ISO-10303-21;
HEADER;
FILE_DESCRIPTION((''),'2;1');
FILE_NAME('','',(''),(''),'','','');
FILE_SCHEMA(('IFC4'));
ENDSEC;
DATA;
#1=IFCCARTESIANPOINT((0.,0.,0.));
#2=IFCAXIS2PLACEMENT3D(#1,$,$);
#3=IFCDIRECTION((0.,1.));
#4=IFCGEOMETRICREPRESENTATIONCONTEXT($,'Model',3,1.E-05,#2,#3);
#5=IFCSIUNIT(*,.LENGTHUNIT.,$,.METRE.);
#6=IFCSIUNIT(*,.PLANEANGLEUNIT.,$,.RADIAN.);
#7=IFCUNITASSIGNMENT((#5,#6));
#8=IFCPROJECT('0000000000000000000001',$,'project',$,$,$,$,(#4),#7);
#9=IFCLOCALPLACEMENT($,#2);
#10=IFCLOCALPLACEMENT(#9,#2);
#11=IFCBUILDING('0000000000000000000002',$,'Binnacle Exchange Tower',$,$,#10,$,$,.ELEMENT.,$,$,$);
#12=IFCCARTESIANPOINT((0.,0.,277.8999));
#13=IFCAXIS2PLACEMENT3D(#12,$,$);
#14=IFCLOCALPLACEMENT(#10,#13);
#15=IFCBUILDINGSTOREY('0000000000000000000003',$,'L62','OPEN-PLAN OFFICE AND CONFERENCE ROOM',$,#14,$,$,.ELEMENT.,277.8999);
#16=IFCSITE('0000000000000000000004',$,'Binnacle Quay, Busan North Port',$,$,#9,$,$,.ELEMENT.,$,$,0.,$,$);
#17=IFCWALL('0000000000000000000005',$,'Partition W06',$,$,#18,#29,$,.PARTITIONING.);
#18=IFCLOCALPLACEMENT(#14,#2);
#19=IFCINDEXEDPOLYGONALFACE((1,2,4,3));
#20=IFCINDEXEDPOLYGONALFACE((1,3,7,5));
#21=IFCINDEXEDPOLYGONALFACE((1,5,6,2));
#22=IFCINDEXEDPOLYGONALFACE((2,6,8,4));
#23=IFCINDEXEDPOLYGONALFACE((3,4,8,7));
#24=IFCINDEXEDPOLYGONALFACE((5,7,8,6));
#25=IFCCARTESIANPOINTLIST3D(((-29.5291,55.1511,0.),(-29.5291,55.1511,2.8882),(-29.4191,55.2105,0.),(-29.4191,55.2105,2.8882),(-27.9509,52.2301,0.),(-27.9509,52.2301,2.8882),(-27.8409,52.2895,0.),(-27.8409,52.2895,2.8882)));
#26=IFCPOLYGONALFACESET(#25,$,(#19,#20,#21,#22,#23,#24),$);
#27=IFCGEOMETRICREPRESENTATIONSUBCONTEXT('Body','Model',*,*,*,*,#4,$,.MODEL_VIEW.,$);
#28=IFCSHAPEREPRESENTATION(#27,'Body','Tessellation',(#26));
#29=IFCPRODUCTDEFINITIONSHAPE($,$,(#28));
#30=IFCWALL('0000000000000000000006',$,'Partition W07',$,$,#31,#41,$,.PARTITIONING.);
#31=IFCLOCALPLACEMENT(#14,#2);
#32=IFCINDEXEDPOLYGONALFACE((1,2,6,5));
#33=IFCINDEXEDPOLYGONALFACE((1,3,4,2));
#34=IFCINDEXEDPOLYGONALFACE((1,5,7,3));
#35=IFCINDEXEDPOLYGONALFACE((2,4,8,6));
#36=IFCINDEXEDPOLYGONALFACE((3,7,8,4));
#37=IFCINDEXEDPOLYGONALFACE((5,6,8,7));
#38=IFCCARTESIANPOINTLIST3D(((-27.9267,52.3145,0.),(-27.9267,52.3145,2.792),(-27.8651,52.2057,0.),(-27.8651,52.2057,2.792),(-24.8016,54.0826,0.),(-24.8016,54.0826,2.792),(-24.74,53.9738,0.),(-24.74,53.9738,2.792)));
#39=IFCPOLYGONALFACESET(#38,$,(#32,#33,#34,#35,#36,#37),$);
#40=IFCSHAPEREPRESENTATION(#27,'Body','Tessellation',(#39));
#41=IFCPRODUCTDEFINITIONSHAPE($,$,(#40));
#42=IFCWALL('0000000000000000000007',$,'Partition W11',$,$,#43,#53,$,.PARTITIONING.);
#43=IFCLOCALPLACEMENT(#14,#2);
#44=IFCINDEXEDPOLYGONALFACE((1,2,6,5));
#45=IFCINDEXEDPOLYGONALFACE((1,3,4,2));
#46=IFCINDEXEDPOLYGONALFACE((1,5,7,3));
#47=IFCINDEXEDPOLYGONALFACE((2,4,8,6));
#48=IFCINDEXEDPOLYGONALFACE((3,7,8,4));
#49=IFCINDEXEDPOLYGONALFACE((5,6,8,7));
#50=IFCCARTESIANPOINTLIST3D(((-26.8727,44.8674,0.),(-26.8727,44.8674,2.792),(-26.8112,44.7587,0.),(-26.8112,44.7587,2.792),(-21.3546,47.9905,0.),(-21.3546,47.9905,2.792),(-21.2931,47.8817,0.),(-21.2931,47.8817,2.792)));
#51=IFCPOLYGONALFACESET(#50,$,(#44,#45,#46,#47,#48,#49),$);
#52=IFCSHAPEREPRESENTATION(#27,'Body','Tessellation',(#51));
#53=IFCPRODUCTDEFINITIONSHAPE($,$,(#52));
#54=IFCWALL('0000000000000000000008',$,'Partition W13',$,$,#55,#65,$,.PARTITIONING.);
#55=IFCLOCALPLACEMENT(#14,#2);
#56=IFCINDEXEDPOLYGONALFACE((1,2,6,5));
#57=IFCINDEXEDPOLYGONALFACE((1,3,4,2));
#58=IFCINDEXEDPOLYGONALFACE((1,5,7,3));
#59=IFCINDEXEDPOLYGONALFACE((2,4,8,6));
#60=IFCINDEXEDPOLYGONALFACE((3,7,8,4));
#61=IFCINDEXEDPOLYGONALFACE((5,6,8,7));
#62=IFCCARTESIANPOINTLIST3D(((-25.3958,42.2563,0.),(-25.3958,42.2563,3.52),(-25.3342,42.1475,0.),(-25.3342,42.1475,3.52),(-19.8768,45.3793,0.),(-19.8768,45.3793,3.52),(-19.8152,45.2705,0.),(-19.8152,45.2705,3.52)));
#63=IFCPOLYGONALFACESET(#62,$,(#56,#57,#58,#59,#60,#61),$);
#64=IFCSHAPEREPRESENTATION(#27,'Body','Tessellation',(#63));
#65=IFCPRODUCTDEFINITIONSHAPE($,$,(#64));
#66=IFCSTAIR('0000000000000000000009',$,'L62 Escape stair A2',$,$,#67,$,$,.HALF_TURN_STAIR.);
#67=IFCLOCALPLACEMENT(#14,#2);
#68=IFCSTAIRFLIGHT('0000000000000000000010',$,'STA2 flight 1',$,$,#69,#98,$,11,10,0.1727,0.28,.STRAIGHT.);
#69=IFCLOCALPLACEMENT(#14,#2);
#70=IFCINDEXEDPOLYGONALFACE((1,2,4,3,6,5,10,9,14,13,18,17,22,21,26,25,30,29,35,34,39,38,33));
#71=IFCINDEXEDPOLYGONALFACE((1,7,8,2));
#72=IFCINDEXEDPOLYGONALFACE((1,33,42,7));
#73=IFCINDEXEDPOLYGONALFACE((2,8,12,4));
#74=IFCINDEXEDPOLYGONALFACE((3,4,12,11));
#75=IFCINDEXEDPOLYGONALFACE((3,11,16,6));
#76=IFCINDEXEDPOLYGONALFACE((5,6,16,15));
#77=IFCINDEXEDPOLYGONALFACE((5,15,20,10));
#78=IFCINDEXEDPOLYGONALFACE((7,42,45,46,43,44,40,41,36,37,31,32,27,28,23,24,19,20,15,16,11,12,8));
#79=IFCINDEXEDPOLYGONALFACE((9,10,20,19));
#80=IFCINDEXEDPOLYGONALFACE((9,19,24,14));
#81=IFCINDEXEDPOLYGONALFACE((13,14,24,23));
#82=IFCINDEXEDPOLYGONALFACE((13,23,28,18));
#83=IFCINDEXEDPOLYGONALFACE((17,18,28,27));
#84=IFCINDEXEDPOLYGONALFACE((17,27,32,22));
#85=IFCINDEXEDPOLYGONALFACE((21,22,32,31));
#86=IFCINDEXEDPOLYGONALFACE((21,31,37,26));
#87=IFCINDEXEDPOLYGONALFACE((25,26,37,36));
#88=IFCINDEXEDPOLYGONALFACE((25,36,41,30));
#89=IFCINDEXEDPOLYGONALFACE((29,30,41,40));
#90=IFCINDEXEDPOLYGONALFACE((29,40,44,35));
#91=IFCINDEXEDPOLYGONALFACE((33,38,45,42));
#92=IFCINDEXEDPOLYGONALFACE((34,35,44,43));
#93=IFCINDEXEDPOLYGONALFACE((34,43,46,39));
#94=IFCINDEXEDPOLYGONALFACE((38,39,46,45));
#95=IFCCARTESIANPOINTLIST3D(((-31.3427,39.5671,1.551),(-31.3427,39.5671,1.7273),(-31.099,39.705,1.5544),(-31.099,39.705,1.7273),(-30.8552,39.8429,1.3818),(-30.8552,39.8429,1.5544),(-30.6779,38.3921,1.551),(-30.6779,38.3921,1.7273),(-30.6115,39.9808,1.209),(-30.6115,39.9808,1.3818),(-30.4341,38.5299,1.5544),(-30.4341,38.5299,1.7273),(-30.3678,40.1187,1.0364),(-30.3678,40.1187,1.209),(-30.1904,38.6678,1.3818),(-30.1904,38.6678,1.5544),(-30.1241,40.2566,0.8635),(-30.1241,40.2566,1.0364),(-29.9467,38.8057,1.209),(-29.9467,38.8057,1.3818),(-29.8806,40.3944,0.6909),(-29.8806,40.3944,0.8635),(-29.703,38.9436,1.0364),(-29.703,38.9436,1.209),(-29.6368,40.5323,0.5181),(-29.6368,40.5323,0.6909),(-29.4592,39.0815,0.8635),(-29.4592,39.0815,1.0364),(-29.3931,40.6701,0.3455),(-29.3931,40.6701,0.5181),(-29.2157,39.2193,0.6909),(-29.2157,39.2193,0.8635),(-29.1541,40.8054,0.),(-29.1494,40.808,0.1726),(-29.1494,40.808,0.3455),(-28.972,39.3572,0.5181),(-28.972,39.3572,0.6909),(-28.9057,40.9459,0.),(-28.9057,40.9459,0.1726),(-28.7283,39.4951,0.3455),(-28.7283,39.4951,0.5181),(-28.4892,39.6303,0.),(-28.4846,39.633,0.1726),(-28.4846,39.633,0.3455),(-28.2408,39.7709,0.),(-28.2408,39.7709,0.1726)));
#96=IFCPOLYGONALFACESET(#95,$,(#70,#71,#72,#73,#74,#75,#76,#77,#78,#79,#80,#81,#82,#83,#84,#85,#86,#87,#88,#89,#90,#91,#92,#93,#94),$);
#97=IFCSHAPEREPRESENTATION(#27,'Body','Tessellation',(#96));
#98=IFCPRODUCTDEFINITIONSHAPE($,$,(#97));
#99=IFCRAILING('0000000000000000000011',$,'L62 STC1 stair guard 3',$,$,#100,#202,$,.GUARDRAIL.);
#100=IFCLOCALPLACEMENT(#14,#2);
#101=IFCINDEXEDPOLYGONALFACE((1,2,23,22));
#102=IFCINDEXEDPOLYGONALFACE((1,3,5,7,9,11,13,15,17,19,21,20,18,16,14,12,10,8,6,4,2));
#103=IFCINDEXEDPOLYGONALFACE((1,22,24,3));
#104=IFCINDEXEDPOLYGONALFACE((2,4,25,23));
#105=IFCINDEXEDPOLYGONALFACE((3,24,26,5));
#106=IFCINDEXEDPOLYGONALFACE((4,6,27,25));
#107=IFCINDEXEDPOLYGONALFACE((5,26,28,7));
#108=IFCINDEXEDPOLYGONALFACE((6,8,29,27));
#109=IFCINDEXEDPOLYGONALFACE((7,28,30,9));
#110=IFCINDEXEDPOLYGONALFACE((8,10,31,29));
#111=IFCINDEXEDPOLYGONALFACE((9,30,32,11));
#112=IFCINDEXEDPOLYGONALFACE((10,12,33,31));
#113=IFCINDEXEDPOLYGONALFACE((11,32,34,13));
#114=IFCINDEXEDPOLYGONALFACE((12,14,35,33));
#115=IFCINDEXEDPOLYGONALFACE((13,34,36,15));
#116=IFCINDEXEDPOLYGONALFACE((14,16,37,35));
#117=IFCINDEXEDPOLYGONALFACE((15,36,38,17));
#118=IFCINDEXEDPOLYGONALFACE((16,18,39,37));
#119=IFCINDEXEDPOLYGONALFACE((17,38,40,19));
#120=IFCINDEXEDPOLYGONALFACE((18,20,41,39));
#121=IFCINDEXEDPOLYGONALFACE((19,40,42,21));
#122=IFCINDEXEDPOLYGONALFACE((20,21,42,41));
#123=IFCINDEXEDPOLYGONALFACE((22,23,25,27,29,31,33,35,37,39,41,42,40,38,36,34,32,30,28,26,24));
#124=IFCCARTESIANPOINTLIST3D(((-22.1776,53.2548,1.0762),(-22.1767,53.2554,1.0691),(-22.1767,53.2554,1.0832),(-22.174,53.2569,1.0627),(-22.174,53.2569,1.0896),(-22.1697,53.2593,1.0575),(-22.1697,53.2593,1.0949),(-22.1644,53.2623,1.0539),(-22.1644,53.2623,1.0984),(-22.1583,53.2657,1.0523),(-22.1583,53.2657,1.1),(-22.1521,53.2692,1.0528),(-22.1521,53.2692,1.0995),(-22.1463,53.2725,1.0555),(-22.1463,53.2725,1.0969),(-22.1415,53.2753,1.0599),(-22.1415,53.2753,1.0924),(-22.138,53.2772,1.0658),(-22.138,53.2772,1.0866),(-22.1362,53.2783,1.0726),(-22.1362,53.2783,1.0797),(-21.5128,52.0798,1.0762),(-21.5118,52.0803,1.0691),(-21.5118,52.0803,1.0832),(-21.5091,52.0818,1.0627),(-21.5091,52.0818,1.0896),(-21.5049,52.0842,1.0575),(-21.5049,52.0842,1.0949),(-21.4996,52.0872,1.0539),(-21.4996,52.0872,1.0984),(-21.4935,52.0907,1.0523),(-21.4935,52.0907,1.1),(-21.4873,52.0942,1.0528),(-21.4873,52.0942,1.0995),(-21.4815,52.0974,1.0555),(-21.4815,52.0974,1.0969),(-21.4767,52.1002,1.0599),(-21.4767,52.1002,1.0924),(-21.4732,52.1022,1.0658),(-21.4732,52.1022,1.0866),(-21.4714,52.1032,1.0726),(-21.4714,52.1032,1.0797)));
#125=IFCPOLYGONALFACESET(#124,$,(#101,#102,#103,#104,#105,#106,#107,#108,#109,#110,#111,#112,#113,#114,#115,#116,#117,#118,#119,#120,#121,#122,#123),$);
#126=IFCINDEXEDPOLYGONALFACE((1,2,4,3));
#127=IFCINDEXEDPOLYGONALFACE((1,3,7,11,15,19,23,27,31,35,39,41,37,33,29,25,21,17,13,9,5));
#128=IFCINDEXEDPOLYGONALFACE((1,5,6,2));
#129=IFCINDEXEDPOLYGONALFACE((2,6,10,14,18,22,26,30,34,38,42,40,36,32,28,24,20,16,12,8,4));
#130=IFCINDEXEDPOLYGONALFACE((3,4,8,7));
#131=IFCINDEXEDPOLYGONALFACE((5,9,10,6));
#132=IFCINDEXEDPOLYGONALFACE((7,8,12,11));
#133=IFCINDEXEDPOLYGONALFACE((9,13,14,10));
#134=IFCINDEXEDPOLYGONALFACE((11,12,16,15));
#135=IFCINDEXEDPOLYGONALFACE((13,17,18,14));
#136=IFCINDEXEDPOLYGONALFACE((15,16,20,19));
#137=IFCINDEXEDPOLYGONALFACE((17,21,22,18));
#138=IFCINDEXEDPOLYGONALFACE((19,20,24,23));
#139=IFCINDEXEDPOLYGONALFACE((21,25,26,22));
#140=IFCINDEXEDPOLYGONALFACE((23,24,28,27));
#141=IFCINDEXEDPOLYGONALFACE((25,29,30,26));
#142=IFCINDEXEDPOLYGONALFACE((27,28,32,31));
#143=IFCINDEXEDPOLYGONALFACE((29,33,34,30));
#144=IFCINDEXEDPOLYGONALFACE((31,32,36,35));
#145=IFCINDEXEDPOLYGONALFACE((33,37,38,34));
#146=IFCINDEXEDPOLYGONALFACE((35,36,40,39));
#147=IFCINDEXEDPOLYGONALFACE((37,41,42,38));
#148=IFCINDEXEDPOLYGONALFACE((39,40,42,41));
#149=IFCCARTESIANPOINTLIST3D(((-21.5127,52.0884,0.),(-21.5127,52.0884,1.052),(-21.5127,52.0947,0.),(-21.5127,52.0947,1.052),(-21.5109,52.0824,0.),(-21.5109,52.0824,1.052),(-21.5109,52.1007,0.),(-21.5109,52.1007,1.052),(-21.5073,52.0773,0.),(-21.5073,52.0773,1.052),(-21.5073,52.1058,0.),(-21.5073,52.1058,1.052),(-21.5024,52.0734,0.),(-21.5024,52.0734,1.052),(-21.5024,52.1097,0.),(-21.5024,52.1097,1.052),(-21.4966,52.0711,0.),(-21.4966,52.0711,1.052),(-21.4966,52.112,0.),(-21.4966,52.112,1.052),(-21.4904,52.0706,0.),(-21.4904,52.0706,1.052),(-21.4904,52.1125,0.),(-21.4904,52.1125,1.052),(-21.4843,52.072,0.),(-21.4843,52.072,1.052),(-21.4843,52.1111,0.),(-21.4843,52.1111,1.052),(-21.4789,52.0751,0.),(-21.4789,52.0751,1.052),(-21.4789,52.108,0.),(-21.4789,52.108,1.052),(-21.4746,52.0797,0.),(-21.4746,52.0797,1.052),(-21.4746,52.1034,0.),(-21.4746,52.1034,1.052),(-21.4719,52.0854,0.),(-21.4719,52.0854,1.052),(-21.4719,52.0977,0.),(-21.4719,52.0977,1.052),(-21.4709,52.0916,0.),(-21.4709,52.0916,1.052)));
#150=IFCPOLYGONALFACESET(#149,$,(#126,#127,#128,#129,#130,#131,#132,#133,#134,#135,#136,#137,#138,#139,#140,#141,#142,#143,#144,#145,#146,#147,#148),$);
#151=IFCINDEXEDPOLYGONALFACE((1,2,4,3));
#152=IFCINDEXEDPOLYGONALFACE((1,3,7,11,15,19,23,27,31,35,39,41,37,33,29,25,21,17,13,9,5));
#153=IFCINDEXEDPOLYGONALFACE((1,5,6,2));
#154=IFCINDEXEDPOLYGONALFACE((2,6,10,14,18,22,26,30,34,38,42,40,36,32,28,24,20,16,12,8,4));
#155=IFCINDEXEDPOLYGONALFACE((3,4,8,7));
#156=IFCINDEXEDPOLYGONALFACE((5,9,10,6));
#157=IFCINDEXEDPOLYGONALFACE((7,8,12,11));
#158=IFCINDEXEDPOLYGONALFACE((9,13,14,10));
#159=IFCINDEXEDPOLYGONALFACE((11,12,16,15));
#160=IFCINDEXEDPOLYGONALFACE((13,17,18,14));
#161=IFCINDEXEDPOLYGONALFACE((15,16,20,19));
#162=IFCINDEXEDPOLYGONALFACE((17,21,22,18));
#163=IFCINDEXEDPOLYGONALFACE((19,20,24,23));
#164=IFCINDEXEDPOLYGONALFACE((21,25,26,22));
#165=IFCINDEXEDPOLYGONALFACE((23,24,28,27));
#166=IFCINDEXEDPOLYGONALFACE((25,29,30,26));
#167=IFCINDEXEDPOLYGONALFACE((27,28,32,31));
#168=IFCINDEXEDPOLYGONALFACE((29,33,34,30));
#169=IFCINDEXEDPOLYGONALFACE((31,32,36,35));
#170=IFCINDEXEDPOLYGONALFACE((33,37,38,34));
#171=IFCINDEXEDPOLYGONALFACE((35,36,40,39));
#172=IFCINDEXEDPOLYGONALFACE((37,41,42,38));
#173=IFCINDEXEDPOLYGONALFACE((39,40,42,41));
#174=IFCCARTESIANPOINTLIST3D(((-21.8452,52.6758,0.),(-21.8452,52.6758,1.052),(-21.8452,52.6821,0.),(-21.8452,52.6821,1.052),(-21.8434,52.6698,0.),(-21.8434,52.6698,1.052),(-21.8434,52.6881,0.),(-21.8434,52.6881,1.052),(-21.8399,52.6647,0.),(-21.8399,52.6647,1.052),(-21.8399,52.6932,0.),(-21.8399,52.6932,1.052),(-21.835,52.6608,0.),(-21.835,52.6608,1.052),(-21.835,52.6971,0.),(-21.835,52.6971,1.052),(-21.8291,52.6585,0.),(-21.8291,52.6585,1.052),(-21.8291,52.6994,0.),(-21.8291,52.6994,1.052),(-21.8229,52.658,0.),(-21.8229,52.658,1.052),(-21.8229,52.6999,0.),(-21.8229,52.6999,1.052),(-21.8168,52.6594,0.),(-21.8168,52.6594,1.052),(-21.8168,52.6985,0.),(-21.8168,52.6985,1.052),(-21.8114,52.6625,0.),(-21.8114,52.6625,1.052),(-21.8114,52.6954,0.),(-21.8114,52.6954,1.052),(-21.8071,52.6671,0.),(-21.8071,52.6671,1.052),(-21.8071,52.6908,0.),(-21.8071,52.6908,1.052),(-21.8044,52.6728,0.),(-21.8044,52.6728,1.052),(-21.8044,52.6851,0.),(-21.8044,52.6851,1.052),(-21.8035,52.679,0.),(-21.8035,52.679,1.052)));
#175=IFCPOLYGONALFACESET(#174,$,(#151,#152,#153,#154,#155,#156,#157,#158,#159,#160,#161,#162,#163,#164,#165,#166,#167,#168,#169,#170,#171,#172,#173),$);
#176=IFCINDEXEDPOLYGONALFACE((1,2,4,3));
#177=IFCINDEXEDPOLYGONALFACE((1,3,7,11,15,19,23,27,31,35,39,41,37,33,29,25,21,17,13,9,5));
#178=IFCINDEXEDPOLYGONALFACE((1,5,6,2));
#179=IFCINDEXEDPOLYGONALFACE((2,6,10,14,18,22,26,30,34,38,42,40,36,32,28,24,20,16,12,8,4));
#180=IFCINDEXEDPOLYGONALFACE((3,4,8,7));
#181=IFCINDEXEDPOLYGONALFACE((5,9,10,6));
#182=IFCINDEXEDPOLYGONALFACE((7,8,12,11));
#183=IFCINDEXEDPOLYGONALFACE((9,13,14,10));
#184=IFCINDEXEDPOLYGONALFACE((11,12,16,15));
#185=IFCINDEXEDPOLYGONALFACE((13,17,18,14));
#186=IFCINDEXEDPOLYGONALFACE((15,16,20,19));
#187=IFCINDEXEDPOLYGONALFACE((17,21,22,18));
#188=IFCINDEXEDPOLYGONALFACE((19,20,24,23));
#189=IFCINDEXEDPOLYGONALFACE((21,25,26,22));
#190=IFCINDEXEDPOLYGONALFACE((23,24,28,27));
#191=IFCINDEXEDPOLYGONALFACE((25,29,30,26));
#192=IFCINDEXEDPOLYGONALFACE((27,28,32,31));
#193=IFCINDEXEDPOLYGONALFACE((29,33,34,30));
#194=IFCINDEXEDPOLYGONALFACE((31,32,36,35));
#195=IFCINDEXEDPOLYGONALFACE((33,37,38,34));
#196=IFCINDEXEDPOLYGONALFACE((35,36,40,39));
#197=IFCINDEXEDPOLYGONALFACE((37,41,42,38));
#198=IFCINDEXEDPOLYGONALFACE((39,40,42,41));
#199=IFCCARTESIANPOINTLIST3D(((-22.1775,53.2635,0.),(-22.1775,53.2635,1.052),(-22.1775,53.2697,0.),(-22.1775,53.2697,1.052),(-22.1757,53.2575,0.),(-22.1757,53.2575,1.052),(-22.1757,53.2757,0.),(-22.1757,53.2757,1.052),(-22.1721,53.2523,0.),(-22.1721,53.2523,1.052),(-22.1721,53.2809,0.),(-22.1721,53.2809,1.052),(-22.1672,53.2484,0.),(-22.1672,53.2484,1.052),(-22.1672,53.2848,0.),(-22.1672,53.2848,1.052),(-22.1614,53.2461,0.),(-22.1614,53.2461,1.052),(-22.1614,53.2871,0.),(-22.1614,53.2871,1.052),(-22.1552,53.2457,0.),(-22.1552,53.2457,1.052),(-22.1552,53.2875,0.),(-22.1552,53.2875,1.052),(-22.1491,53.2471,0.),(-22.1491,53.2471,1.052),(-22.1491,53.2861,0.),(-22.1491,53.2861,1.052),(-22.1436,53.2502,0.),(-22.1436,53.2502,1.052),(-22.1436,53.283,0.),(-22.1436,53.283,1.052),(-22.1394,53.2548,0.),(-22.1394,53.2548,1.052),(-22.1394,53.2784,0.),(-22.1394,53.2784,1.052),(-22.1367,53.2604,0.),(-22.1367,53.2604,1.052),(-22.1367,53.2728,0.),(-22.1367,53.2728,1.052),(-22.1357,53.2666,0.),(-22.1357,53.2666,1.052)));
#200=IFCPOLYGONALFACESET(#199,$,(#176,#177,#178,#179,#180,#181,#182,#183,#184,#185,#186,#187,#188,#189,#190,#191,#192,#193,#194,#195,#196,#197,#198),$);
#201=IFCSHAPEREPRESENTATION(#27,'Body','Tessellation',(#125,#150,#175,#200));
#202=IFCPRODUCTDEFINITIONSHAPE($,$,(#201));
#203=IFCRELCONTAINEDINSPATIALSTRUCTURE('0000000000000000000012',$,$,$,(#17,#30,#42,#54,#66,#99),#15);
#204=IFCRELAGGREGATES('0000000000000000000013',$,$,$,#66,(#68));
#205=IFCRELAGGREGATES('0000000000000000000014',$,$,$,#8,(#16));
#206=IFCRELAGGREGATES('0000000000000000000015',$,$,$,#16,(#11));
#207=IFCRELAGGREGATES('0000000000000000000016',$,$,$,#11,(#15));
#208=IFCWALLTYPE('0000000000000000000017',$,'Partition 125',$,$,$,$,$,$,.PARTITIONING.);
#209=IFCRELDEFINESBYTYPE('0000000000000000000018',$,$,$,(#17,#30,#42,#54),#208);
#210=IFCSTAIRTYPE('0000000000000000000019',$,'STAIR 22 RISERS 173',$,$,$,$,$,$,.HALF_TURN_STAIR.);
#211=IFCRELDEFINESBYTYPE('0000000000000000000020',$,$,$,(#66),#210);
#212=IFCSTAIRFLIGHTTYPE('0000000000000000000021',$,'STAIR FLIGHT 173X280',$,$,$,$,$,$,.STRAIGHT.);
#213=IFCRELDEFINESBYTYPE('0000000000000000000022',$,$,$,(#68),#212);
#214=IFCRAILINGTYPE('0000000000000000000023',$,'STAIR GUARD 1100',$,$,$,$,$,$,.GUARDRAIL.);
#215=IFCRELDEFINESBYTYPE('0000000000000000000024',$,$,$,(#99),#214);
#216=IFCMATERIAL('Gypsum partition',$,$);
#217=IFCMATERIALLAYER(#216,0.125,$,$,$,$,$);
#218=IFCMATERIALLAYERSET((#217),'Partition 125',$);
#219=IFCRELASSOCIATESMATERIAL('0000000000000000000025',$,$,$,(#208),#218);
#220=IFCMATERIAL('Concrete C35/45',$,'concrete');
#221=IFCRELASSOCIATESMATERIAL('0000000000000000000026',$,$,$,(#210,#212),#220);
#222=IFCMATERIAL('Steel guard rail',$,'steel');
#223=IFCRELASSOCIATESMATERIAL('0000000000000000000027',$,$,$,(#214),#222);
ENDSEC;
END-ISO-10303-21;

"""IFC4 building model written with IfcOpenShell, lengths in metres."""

from ifc_helpers import new_model, si_unit, direction, frame, frame_2d, origin, origin_2d, place, context, subcontext, project, spatial, polyline, rectangle, circle, outline, extrude, material, layer, layer_set, type_object, element, aggregate, save


model = new_model("IFC4")

# Units and contexts
model_context = context("Model", 3, precision=1e-05, world=origin(), true_north=direction((0.0, 1.0)))
body_context = subcontext(model_context, "Body", "Model", "MODEL_VIEW")
ifc_project = project(units=[si_unit("LENGTHUNIT", "METRE"), si_unit("PLANEANGLEUNIT", "RADIAN")], contexts=[model_context])

# Site, building, storey
site_placement = place(None, origin())
site = spatial("IfcSite", under=ifc_project, at=site_placement, Name="Binnacle Quay, Busan North Port", CompositionType="ELEMENT", RefElevation=0.0)
building_placement = place(site_placement, origin())
building = spatial("IfcBuilding", under=site, at=building_placement, Name="Binnacle Exchange Tower", CompositionType="ELEMENT")
storey_placement = place(building_placement, frame((0.0, 0.0, 277.8999)))
storey = spatial("IfcBuildingStorey", under=building, at=storey_placement, Name="L62", Description="OPEN-PLAN OFFICE AND CONFERENCE ROOM", CompositionType="ELEMENT", Elevation=277.8999)

# Shared definitions
ifc_material_1 = material(Name="Gypsum partition")
ifc_layer_1 = layer(ifc_material_1, 0.125)
ifc_layer_set_1 = layer_set([ifc_layer_1], Name="Partition 125")
wall_type_1 = type_object("IfcWallType", Name="Partition 125", PredefinedType="PARTITIONING", material=ifc_layer_set_1)

# Walls
wall_1_placement = place(storey_placement, frame((-29.4741, 55.1809, 0.0), z_axis=(0.0, 0.0, 1.0), x_axis=(0.475345, -0.8798, 0.0)))
element("IfcWall", 1, at=wall_1_placement, inside=storey, type_object=wall_type_1, Name="Partition W06", PredefinedType="PARTITIONING", context=body_context, shape_type="SweptSolid", body=[
    extrude(rectangle(XDim=3.3201, YDim=0.125, at=frame_2d((1.6602, 0.0))), origin(), (0.0, 0.0, 1.0), 2.8882),
])
wall_2_placement = place(storey_placement, frame((-27.896, 52.26, 0.0), z_axis=(0.0, 0.0, 1.0), x_axis=(0.870353, 0.492429, 0.0)))
element("IfcWall", 2, at=wall_2_placement, inside=storey, type_object=wall_type_1, Name="Partition W07", PredefinedType="PARTITIONING", context=body_context, shape_type="SweptSolid", body=[
    extrude(rectangle(XDim=3.5906, YDim=0.125, at=frame_2d((1.7954, 0.0))), origin(), (0.0, 0.0, 1.0), 2.792),
])
wall_3_placement = place(storey_placement, frame((-26.842, 44.813, 0.0), z_axis=(0.0, 0.0, 1.0), x_axis=(0.870283, 0.492552, 0.0)))
element("IfcWall", 3, at=wall_3_placement, inside=storey, type_object=wall_type_1, Name="Partition W11", PredefinedType="PARTITIONING", context=body_context, shape_type="SweptSolid", body=[
    extrude(rectangle(XDim=6.3406, YDim=0.125, at=frame_2d((3.1704, 0.0))), origin(), (0.0, 0.0, 1.0), 2.792),
])
wall_4_placement = place(storey_placement, frame((-25.365, 42.2019, 0.0), z_axis=(0.0, 0.0, 1.0), x_axis=(0.87032, 0.492486, 0.0)))
element("IfcWall", 4, at=wall_4_placement, inside=storey, type_object=wall_type_1, Name="Partition W13", PredefinedType="PARTITIONING", context=body_context, shape_type="SweptSolid", body=[
    extrude(rectangle(XDim=6.3413, YDim=0.125, at=frame_2d((3.1707, 0.0))), origin(), (0.0, 0.0, 1.0), 3.52),
])

# Stair, stair flight
ifc_material_2 = material(Name="Concrete C35/45", Category="concrete")
stair_type = type_object("IfcStairType", Name="STAIR 22 RISERS 173", PredefinedType="HALF_TURN_STAIR", material=ifc_material_2)
stair_placement = place(storey_placement, origin())
stair = element("IfcStair", 5, at=stair_placement, inside=storey, type_object=stair_type, Name="L62 Escape stair A2", PredefinedType="HALF_TURN_STAIR")
stair_flight_type = type_object("IfcStairFlightType", Name="STAIR FLIGHT 173X280", PredefinedType="STRAIGHT", material=ifc_material_2)
stair_flight_placement = place(storey_placement, frame((-28.5732, 40.3584, 0.0), z_axis=(0.0, 0.0, 1.0), x_axis=(-0.870356, -0.492424, 0.0)))
stair_flight = element("IfcStairFlight", 6, at=stair_flight_placement, type_object=stair_flight_type, Name="STA2 flight 1", NumberOfRisers=11, NumberOfTreads=10, PredefinedType="STRAIGHT", RiserHeight=0.1727, TreadLength=0.28, context=body_context, shape_type="SweptSolid", body=[
    extrude(outline(polyline([(0.0, 0.0), (0.0, 0.1726), (0.28, 0.1726), (0.28, 0.3455), (0.5601, 0.3455), (0.5601, 0.5181), (0.8401, 0.5181), (0.8401, 0.6909), (1.1201, 0.6909), (1.1201, 0.8635), (1.3999, 0.8635), (1.3999, 1.0364), (1.6799, 1.0364), (1.6799, 1.209), (1.96, 1.209), (1.96, 1.3818), (2.24, 1.3818), (2.24, 1.5544), (2.52, 1.5544), (2.52, 1.7273), (2.8, 1.7273), (2.8, 1.8999), (2.8, 1.551), (0.2854, 0.0), (0.0, 0.0)])), frame((0.0, 0.675, 0.0), z_axis=(0.0, -1.0, 0.0), x_axis=(1.0, 0.0, 0.0)), (0.0, 0.0, 1.0), 1.3501),
])
aggregate(stair, [stair_flight])

# Railing
ifc_material_3 = material(Name="Steel guard rail", Category="steel")
railing_type_1 = type_object("IfcRailingType", Name="STAIR GUARD 1100", PredefinedType="GUARDRAIL", material=ifc_material_3)
railing_1_placement = place(storey_placement, frame((-21.4919, 52.0916, 0.0)))
element("IfcRailing", 7, at=railing_1_placement, inside=storey, type_object=railing_type_1, Name="L62 STC1 stair guard 3", PredefinedType="GUARDRAIL", context=body_context, shape_type="SweptSolid", body=[
    extrude(circle(Radius=0.0239, at=origin_2d()), frame((0.0, 0.0, 1.0762), z_axis=(-0.492415, 0.870361, 0.0), x_axis=(-0.870361, -0.492415, 0.0)), (0.0, 0.0, 1.0), 1.3501),
    extrude(circle(Radius=0.021, at=origin_2d()), origin(), (0.0, 0.0, 1.0), 1.052),
    extrude(circle(Radius=0.021, at=origin_2d()), frame((-0.3325, 0.5874, 0.0)), (0.0, 0.0, 1.0), 1.052),
    extrude(circle(Radius=0.021, at=origin_2d()), frame((-0.6648, 1.175, 0.0)), (0.0, 0.0, 1.0), 1.052),
])

save(model, "model.ifc")
